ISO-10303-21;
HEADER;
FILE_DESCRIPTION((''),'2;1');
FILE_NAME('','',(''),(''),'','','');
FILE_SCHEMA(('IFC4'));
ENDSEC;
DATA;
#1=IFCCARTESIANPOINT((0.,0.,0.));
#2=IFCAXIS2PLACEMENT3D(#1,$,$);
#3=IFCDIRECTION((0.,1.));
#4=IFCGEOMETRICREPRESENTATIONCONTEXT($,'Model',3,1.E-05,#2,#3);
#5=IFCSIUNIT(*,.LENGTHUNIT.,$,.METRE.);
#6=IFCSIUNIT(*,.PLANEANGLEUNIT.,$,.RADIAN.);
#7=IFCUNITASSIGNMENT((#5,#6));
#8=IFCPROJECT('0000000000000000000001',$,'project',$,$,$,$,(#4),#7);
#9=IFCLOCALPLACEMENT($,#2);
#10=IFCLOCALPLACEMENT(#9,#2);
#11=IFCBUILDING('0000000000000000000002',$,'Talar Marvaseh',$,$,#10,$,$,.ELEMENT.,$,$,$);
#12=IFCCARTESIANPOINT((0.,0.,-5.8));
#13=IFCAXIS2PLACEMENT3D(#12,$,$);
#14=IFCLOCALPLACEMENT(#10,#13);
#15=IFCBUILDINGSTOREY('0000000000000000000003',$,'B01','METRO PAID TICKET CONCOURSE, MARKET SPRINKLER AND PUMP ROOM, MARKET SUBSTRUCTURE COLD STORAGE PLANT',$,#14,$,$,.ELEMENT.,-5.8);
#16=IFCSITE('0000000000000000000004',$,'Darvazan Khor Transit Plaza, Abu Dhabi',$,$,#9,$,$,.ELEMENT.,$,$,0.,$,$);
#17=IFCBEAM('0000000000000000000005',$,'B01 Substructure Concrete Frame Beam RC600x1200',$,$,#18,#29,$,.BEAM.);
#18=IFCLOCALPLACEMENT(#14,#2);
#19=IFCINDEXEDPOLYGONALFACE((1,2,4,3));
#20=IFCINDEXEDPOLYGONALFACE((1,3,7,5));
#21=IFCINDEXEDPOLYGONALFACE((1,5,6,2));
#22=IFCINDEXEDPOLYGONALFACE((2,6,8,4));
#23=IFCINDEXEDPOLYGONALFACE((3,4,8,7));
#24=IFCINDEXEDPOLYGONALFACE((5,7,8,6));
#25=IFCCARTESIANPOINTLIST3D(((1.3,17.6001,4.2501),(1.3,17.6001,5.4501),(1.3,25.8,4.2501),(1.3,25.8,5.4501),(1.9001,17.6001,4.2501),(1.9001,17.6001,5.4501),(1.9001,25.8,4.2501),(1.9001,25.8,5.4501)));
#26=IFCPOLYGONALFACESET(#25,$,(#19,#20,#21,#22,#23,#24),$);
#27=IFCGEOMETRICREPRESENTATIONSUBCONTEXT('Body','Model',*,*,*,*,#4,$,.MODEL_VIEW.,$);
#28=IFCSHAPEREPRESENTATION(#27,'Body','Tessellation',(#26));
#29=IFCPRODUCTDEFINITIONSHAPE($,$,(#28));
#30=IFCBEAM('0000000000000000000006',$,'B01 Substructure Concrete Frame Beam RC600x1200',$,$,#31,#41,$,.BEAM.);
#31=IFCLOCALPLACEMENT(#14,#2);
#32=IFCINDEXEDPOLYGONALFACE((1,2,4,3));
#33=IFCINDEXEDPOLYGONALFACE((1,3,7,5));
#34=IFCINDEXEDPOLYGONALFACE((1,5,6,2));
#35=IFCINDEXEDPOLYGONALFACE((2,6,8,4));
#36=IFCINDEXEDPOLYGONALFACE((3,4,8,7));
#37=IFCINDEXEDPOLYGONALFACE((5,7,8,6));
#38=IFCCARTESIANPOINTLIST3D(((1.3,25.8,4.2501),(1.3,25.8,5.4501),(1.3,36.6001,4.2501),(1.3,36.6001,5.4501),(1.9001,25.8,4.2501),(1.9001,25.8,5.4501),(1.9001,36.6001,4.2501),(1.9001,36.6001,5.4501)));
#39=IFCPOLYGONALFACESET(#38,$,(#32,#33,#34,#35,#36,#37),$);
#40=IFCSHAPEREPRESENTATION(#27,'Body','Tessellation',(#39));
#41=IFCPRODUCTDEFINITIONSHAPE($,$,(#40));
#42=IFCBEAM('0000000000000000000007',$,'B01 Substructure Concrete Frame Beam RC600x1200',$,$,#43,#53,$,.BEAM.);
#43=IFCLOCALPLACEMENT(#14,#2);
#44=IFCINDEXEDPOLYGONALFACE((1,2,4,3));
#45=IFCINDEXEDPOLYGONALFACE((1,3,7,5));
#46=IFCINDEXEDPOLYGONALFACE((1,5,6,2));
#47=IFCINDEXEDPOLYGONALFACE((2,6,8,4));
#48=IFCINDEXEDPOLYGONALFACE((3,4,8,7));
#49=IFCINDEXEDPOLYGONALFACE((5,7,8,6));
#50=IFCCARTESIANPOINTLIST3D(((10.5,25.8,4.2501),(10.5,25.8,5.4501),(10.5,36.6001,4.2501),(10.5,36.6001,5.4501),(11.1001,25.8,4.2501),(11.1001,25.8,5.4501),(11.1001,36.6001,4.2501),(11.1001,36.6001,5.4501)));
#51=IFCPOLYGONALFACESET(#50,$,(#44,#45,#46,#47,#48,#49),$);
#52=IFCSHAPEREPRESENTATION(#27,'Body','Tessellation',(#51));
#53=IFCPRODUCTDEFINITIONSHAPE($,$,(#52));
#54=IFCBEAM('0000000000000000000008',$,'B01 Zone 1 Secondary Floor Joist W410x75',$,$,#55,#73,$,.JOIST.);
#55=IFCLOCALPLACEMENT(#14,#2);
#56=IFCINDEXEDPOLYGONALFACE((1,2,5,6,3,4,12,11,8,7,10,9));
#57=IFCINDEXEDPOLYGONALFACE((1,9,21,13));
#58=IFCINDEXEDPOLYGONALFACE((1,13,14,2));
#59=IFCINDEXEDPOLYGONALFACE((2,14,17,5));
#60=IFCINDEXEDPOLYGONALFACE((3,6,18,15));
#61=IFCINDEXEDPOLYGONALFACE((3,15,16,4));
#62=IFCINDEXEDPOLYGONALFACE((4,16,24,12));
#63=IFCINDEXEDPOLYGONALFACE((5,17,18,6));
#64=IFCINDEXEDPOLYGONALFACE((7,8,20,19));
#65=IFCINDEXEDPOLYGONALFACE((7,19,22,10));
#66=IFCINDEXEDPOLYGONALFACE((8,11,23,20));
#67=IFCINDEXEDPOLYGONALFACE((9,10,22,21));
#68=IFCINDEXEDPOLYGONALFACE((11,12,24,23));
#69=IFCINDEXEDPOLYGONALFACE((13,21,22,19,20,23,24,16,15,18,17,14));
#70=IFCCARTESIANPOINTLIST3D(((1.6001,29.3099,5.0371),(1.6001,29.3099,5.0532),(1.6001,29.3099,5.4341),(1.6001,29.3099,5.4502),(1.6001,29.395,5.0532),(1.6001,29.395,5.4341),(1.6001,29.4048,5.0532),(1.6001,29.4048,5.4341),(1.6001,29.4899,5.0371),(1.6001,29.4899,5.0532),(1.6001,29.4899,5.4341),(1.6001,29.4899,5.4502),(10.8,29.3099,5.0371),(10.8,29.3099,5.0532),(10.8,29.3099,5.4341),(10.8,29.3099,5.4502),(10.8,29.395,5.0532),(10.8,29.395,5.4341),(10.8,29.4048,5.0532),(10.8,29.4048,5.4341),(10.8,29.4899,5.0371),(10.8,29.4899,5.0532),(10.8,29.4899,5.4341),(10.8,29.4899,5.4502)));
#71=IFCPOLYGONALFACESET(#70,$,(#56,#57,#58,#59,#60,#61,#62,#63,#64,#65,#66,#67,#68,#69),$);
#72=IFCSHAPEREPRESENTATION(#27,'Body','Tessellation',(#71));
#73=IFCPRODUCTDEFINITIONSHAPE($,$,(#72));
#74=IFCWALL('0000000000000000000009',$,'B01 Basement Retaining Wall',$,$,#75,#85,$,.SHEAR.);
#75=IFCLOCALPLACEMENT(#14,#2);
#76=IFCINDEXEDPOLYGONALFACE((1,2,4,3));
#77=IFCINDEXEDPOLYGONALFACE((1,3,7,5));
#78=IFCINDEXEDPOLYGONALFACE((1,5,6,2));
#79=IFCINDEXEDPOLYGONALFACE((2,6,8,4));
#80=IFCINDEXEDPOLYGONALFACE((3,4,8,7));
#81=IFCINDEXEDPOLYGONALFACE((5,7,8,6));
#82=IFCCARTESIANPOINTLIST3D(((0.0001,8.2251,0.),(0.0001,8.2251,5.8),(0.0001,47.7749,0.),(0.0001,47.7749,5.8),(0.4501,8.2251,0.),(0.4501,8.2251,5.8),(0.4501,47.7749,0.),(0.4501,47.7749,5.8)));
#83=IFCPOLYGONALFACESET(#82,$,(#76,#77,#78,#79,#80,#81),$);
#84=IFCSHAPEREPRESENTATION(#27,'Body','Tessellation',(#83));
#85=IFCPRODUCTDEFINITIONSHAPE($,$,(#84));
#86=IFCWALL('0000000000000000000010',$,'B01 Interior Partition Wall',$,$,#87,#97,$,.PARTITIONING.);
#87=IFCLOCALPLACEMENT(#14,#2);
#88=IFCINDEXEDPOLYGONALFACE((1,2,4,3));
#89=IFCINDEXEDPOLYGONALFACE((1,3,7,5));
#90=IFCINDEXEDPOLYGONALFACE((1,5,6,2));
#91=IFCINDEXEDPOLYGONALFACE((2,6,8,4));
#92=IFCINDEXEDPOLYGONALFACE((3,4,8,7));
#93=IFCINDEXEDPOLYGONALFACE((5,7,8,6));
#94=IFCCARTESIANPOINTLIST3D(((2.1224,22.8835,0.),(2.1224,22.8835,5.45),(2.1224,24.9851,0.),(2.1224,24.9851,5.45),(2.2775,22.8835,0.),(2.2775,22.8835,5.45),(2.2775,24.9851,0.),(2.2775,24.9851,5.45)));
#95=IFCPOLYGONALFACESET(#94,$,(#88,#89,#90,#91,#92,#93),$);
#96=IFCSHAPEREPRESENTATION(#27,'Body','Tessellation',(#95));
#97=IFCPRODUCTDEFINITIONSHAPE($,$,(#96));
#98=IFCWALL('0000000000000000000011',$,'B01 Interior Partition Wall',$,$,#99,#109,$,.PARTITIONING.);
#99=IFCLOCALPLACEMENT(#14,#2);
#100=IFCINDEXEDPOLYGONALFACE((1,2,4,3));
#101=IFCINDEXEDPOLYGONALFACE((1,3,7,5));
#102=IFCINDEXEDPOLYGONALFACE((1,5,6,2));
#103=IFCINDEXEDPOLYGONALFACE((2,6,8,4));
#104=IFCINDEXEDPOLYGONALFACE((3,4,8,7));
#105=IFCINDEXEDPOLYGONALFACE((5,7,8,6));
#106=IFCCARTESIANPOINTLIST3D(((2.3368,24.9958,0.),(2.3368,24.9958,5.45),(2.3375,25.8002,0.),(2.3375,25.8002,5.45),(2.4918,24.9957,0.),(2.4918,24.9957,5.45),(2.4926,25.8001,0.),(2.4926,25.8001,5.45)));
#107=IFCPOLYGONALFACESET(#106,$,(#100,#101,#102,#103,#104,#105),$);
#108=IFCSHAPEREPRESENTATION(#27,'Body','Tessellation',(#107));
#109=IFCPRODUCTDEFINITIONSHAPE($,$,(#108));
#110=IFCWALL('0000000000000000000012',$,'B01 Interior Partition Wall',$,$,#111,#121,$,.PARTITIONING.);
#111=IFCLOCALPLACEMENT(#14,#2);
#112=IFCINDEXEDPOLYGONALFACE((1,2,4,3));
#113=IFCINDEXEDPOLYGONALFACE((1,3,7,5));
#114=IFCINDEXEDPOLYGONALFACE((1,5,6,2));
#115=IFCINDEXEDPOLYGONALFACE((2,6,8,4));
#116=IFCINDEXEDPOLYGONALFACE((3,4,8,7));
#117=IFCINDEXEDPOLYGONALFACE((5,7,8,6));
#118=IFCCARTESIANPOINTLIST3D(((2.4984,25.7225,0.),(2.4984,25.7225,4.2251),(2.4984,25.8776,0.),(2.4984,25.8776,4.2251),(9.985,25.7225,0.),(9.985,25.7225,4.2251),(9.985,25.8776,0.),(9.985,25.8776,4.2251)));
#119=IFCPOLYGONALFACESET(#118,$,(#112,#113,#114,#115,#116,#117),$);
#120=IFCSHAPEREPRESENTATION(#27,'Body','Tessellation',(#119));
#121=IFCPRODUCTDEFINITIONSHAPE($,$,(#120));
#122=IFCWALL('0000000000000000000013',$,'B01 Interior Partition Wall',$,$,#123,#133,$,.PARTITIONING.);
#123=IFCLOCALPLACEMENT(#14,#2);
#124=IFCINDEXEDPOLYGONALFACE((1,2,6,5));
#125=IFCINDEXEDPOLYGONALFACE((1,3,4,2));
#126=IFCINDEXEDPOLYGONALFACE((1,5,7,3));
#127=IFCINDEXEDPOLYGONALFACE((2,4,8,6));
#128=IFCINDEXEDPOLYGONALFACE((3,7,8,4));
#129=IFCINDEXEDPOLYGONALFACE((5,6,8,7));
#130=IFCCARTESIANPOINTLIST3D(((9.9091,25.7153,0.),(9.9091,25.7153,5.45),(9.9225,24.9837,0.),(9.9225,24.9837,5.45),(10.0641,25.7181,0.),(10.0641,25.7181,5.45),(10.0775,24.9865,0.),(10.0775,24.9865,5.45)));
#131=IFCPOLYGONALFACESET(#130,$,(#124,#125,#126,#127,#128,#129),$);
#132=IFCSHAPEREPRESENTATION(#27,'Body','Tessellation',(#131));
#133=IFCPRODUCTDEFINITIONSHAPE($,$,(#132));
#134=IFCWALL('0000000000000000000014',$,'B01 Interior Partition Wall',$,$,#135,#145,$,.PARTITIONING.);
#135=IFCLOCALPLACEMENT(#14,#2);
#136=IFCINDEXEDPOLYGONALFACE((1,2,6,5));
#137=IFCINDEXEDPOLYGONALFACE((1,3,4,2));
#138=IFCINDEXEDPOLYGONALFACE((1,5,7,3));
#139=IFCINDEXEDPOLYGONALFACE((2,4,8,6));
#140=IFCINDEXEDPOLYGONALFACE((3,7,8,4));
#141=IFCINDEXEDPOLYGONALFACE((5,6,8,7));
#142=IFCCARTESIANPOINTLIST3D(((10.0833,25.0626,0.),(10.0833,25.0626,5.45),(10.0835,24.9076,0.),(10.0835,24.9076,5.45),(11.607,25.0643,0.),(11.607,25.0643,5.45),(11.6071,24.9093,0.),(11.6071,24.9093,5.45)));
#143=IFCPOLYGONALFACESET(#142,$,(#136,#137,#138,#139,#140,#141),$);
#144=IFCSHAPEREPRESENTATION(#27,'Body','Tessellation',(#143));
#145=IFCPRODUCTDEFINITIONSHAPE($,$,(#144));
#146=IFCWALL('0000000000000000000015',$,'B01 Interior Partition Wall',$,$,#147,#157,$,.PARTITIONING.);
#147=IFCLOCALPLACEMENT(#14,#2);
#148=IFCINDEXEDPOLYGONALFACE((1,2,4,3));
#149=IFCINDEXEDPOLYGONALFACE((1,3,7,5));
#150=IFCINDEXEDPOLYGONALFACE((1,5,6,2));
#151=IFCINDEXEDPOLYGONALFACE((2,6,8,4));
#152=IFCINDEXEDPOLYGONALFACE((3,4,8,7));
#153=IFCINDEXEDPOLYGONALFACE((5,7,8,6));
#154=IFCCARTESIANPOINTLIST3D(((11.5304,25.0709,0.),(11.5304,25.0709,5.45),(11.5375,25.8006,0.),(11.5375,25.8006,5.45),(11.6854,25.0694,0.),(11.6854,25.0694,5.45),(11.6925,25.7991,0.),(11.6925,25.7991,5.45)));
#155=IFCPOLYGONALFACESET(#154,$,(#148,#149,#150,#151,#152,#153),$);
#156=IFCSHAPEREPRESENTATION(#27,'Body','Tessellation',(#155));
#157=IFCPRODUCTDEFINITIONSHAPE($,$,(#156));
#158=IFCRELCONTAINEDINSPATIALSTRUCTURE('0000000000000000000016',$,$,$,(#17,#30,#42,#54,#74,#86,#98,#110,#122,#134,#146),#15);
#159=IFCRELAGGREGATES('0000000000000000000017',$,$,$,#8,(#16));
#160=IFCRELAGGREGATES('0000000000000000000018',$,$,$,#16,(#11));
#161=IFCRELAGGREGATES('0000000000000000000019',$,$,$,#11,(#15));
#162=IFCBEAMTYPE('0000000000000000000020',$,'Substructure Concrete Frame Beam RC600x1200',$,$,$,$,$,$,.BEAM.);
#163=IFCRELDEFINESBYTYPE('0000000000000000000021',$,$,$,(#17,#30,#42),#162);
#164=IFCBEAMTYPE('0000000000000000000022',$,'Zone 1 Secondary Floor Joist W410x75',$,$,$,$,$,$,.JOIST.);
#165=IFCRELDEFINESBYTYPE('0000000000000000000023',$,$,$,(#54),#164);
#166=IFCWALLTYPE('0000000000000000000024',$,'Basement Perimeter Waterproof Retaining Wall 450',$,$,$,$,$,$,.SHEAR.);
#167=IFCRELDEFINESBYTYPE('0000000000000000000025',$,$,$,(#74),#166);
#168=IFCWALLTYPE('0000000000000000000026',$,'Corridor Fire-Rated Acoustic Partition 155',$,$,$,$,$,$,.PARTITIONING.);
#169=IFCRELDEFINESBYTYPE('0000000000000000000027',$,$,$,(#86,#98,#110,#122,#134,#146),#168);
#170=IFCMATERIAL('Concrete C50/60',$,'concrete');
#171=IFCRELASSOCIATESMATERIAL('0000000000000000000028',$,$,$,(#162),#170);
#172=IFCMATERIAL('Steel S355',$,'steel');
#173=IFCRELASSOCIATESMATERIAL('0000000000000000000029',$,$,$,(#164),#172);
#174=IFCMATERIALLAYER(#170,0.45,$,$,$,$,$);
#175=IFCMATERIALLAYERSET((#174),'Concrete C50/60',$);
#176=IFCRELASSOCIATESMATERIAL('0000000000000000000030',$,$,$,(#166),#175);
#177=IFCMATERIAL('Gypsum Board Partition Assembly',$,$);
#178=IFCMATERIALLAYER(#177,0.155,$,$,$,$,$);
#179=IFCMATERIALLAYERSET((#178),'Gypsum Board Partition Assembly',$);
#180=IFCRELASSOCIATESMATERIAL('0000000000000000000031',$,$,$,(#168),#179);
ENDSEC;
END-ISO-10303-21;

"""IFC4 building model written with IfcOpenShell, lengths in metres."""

from ifc_helpers import new_model, si_unit, direction, frame, frame_2d, origin, origin_2d, place, context, subcontext, project, spatial, rectangle, i_section, extrude, material, layer, layer_set, material_profile, profile_set, type_object, element, save


model = new_model("IFC4")

# Units and contexts
model_context = context("Model", 3, precision=1e-05, world=origin(), true_north=direction((0.0, 1.0)))
body_context = subcontext(model_context, "Body", "Model", "MODEL_VIEW")
ifc_project = project(units=[si_unit("LENGTHUNIT", "METRE"), si_unit("PLANEANGLEUNIT", "RADIAN")], contexts=[model_context])

# Site, building, storey
site_placement = place(None, origin())
site = spatial("IfcSite", under=ifc_project, at=site_placement, Name="Darvazan Khor Transit Plaza, Abu Dhabi", CompositionType="ELEMENT", RefElevation=0.0)
building_placement = place(site_placement, origin())
building = spatial("IfcBuilding", under=site, at=building_placement, Name="Talar Marvaseh", CompositionType="ELEMENT")
storey_placement = place(building_placement, frame((0.0, 0.0, -5.8)))
storey = spatial("IfcBuildingStorey", under=building, at=storey_placement, Name="B01", Description="METRO PAID TICKET CONCOURSE, MARKET SPRINKLER AND PUMP ROOM, MARKET SUBSTRUCTURE COLD STORAGE PLANT", CompositionType="ELEMENT", Elevation=-5.8)

# Beams
ifc_material_1 = material(Name="Concrete C50/60", Category="concrete")
ifc_material_profile_1 = material_profile(ifc_material_1, rectangle(XDim=0.6001, YDim=1.2, at=origin_2d()), Name="RC600x1200")
ifc_profile_set_1 = profile_set([ifc_material_profile_1], Name="Concrete C50/60")
beam_type_1 = type_object("IfcBeamType", Name="Substructure Concrete Frame Beam RC600x1200", PredefinedType="BEAM", material=ifc_profile_set_1)
beam_1_placement = place(storey_placement, frame((1.6001, 17.6001, 4.8501), z_axis=(0.0, 1.0, 0.0), x_axis=(-1.0, 0.0, 0.0)))
element("IfcBeam", 1, at=beam_1_placement, inside=storey, type_object=beam_type_1, Name="B01 Substructure Concrete Frame Beam RC600x1200", PredefinedType="BEAM", context=body_context, shape_type="SweptSolid", body=[
    extrude(rectangle(XDim=0.6001, YDim=1.2, at=origin_2d()), origin(), (0.0, 0.0, 1.0), 8.2),
])
for number, where, z_axis, x_axis, name in (
    (2, (1.6001, 25.8, 4.8501), (0.0, 1.0, 0.0), (-1.0, 0.0, 0.0), "B01 Substructure Concrete Frame Beam RC600x1200"),
    (3, (10.8, 25.8, 4.8501), (0.0, 1.0, 0.0), (-1.0, 0.0, 0.0), "B01 Substructure Concrete Frame Beam RC600x1200"),
):
    element("IfcBeam", number, at=place(storey_placement, frame(where, z_axis=z_axis, x_axis=x_axis)), inside=storey, type_object=beam_type_1, Name=name, PredefinedType="BEAM", context=body_context, shape_type="SweptSolid", body=[
        extrude(rectangle(XDim=0.6001, YDim=1.2, at=origin_2d()), origin(), (0.0, 0.0, 1.0), 10.8),
    ])
ifc_material_2 = material(Name="Steel S355", Category="steel")
ifc_material_profile_2 = material_profile(ifc_material_2, i_section(OverallWidth=0.1799, OverallDepth=0.4131, WebThickness=0.0098, FlangeThickness=0.0161, at=origin_2d()), Name="W410x75")
ifc_profile_set_2 = profile_set([ifc_material_profile_2], Name="Steel S355")
beam_type_2 = type_object("IfcBeamType", Name="Zone 1 Secondary Floor Joist W410x75", PredefinedType="JOIST", material=ifc_profile_set_2)
beam_2_placement = place(storey_placement, frame((1.6001, 29.3999, 5.2437), z_axis=(1.0, 0.0, 0.0), x_axis=(0.0, 1.0, 0.0)))
element("IfcBeam", 4, at=beam_2_placement, inside=storey, type_object=beam_type_2, Name="B01 Zone 1 Secondary Floor Joist W410x75", PredefinedType="JOIST", context=body_context, shape_type="SweptSolid", body=[
    extrude(i_section(OverallWidth=0.1799, OverallDepth=0.4131, WebThickness=0.0098, FlangeThickness=0.0161, at=origin_2d()), origin(), (0.0, 0.0, 1.0), 9.2),
])

# Walls
ifc_layer_1 = layer(ifc_material_1, 0.45)
ifc_layer_set_1 = layer_set([ifc_layer_1], Name="Concrete C50/60")
wall_type_1 = type_object("IfcWallType", Name="Basement Perimeter Waterproof Retaining Wall 450", PredefinedType="SHEAR", material=ifc_layer_set_1)
wall_1_placement = place(storey_placement, frame((0.2251, 8.2251, 0.0), z_axis=(0.0, 0.0, 1.0), x_axis=(0.0, 1.0, 0.0)))
element("IfcWall", 5, at=wall_1_placement, inside=storey, type_object=wall_type_1, Name="B01 Basement Retaining Wall", PredefinedType="SHEAR", context=body_context, shape_type="SweptSolid", body=[
    extrude(rectangle(XDim=39.5498, YDim=0.45, at=frame_2d((19.7749, 0.0))), origin(), (0.0, 0.0, 1.0), 5.8),
])
ifc_material_3 = material(Name="Gypsum Board Partition Assembly")
ifc_layer_2 = layer(ifc_material_3, 0.155)
ifc_layer_set_2 = layer_set([ifc_layer_2], Name="Gypsum Board Partition Assembly")
wall_type_2 = type_object("IfcWallType", Name="Corridor Fire-Rated Acoustic Partition 155", PredefinedType="PARTITIONING", material=ifc_layer_set_2)
wall_2_placement = place(storey_placement, frame((2.2, 22.8835, 0.0), z_axis=(0.0, 0.0, 1.0), x_axis=(0.0, 1.0, 0.0)))
element("IfcWall", 6, at=wall_2_placement, inside=storey, type_object=wall_type_2, Name="B01 Interior Partition Wall", PredefinedType="PARTITIONING", context=body_context, shape_type="SweptSolid", body=[
    extrude(rectangle(XDim=2.1016, YDim=0.155, at=frame_2d((1.0508, 0.0))), origin(), (0.0, 0.0, 1.0), 5.45),
])
wall_3_placement = place(storey_placement, frame((2.4143, 24.9956, 0.0), z_axis=(0.0, 0.0, 1.0), x_axis=(0.00091, 1.0, 0.0)))
element("IfcWall", 7, at=wall_3_placement, inside=storey, type_object=wall_type_2, Name="B01 Interior Partition Wall", PredefinedType="PARTITIONING", context=body_context, shape_type="SweptSolid", body=[
    extrude(rectangle(XDim=0.8044, YDim=0.155, at=frame_2d((0.4023, 0.0))), origin(), (0.0, 0.0, 1.0), 5.45),
])
wall_4_placement = place(storey_placement, frame((2.4985, 25.8, 0.0), z_axis=(0.0, 0.0, 1.0), x_axis=(1.0, 0.0, 0.0)))
element("IfcWall", 8, at=wall_4_placement, inside=storey, type_object=wall_type_2, Name="B01 Interior Partition Wall", PredefinedType="PARTITIONING", context=body_context, shape_type="SweptSolid", body=[
    extrude(rectangle(XDim=7.4866, YDim=0.155, at=frame_2d((3.7432, 0.0))), origin(), (0.0, 0.0, 1.0), 4.2251),
])
wall_5_placement = place(storey_placement, frame((9.9866, 25.7166, 0.0), z_axis=(0.0, 0.0, 1.0), x_axis=(0.018355, -0.999832, 0.0)))
element("IfcWall", 9, at=wall_5_placement, inside=storey, type_object=wall_type_2, Name="B01 Interior Partition Wall", PredefinedType="PARTITIONING", context=body_context, shape_type="SweptSolid", body=[
    extrude(rectangle(XDim=0.7317, YDim=0.155, at=frame_2d((0.3657, 0.0))), origin(), (0.0, 0.0, 1.0), 5.45),
])
wall_6_placement = place(storey_placement, frame((10.0835, 24.9851, 0.0), z_axis=(0.0, 0.0, 1.0), x_axis=(0.999999, 0.001122, 0.0)))
element("IfcWall", 10, at=wall_6_placement, inside=storey, type_object=wall_type_2, Name="B01 Interior Partition Wall", PredefinedType="PARTITIONING", context=body_context, shape_type="SweptSolid", body=[
    extrude(rectangle(XDim=1.5237, YDim=0.155, at=frame_2d((0.7617, 0.0))), origin(), (0.0, 0.0, 1.0), 5.45),
])
wall_7_placement = place(storey_placement, frame((11.6079, 25.0703, 0.0), z_axis=(0.0, 0.0, 1.0), x_axis=(0.009702, 0.999953, 0.0)))
element("IfcWall", 11, at=wall_7_placement, inside=storey, type_object=wall_type_2, Name="B01 Interior Partition Wall", PredefinedType="PARTITIONING", context=body_context, shape_type="SweptSolid", body=[
    extrude(rectangle(XDim=0.7297, YDim=0.155, at=frame_2d((0.3647, 0.0))), origin(), (0.0, 0.0, 1.0), 5.45),
])

save(model, "model.ifc")
